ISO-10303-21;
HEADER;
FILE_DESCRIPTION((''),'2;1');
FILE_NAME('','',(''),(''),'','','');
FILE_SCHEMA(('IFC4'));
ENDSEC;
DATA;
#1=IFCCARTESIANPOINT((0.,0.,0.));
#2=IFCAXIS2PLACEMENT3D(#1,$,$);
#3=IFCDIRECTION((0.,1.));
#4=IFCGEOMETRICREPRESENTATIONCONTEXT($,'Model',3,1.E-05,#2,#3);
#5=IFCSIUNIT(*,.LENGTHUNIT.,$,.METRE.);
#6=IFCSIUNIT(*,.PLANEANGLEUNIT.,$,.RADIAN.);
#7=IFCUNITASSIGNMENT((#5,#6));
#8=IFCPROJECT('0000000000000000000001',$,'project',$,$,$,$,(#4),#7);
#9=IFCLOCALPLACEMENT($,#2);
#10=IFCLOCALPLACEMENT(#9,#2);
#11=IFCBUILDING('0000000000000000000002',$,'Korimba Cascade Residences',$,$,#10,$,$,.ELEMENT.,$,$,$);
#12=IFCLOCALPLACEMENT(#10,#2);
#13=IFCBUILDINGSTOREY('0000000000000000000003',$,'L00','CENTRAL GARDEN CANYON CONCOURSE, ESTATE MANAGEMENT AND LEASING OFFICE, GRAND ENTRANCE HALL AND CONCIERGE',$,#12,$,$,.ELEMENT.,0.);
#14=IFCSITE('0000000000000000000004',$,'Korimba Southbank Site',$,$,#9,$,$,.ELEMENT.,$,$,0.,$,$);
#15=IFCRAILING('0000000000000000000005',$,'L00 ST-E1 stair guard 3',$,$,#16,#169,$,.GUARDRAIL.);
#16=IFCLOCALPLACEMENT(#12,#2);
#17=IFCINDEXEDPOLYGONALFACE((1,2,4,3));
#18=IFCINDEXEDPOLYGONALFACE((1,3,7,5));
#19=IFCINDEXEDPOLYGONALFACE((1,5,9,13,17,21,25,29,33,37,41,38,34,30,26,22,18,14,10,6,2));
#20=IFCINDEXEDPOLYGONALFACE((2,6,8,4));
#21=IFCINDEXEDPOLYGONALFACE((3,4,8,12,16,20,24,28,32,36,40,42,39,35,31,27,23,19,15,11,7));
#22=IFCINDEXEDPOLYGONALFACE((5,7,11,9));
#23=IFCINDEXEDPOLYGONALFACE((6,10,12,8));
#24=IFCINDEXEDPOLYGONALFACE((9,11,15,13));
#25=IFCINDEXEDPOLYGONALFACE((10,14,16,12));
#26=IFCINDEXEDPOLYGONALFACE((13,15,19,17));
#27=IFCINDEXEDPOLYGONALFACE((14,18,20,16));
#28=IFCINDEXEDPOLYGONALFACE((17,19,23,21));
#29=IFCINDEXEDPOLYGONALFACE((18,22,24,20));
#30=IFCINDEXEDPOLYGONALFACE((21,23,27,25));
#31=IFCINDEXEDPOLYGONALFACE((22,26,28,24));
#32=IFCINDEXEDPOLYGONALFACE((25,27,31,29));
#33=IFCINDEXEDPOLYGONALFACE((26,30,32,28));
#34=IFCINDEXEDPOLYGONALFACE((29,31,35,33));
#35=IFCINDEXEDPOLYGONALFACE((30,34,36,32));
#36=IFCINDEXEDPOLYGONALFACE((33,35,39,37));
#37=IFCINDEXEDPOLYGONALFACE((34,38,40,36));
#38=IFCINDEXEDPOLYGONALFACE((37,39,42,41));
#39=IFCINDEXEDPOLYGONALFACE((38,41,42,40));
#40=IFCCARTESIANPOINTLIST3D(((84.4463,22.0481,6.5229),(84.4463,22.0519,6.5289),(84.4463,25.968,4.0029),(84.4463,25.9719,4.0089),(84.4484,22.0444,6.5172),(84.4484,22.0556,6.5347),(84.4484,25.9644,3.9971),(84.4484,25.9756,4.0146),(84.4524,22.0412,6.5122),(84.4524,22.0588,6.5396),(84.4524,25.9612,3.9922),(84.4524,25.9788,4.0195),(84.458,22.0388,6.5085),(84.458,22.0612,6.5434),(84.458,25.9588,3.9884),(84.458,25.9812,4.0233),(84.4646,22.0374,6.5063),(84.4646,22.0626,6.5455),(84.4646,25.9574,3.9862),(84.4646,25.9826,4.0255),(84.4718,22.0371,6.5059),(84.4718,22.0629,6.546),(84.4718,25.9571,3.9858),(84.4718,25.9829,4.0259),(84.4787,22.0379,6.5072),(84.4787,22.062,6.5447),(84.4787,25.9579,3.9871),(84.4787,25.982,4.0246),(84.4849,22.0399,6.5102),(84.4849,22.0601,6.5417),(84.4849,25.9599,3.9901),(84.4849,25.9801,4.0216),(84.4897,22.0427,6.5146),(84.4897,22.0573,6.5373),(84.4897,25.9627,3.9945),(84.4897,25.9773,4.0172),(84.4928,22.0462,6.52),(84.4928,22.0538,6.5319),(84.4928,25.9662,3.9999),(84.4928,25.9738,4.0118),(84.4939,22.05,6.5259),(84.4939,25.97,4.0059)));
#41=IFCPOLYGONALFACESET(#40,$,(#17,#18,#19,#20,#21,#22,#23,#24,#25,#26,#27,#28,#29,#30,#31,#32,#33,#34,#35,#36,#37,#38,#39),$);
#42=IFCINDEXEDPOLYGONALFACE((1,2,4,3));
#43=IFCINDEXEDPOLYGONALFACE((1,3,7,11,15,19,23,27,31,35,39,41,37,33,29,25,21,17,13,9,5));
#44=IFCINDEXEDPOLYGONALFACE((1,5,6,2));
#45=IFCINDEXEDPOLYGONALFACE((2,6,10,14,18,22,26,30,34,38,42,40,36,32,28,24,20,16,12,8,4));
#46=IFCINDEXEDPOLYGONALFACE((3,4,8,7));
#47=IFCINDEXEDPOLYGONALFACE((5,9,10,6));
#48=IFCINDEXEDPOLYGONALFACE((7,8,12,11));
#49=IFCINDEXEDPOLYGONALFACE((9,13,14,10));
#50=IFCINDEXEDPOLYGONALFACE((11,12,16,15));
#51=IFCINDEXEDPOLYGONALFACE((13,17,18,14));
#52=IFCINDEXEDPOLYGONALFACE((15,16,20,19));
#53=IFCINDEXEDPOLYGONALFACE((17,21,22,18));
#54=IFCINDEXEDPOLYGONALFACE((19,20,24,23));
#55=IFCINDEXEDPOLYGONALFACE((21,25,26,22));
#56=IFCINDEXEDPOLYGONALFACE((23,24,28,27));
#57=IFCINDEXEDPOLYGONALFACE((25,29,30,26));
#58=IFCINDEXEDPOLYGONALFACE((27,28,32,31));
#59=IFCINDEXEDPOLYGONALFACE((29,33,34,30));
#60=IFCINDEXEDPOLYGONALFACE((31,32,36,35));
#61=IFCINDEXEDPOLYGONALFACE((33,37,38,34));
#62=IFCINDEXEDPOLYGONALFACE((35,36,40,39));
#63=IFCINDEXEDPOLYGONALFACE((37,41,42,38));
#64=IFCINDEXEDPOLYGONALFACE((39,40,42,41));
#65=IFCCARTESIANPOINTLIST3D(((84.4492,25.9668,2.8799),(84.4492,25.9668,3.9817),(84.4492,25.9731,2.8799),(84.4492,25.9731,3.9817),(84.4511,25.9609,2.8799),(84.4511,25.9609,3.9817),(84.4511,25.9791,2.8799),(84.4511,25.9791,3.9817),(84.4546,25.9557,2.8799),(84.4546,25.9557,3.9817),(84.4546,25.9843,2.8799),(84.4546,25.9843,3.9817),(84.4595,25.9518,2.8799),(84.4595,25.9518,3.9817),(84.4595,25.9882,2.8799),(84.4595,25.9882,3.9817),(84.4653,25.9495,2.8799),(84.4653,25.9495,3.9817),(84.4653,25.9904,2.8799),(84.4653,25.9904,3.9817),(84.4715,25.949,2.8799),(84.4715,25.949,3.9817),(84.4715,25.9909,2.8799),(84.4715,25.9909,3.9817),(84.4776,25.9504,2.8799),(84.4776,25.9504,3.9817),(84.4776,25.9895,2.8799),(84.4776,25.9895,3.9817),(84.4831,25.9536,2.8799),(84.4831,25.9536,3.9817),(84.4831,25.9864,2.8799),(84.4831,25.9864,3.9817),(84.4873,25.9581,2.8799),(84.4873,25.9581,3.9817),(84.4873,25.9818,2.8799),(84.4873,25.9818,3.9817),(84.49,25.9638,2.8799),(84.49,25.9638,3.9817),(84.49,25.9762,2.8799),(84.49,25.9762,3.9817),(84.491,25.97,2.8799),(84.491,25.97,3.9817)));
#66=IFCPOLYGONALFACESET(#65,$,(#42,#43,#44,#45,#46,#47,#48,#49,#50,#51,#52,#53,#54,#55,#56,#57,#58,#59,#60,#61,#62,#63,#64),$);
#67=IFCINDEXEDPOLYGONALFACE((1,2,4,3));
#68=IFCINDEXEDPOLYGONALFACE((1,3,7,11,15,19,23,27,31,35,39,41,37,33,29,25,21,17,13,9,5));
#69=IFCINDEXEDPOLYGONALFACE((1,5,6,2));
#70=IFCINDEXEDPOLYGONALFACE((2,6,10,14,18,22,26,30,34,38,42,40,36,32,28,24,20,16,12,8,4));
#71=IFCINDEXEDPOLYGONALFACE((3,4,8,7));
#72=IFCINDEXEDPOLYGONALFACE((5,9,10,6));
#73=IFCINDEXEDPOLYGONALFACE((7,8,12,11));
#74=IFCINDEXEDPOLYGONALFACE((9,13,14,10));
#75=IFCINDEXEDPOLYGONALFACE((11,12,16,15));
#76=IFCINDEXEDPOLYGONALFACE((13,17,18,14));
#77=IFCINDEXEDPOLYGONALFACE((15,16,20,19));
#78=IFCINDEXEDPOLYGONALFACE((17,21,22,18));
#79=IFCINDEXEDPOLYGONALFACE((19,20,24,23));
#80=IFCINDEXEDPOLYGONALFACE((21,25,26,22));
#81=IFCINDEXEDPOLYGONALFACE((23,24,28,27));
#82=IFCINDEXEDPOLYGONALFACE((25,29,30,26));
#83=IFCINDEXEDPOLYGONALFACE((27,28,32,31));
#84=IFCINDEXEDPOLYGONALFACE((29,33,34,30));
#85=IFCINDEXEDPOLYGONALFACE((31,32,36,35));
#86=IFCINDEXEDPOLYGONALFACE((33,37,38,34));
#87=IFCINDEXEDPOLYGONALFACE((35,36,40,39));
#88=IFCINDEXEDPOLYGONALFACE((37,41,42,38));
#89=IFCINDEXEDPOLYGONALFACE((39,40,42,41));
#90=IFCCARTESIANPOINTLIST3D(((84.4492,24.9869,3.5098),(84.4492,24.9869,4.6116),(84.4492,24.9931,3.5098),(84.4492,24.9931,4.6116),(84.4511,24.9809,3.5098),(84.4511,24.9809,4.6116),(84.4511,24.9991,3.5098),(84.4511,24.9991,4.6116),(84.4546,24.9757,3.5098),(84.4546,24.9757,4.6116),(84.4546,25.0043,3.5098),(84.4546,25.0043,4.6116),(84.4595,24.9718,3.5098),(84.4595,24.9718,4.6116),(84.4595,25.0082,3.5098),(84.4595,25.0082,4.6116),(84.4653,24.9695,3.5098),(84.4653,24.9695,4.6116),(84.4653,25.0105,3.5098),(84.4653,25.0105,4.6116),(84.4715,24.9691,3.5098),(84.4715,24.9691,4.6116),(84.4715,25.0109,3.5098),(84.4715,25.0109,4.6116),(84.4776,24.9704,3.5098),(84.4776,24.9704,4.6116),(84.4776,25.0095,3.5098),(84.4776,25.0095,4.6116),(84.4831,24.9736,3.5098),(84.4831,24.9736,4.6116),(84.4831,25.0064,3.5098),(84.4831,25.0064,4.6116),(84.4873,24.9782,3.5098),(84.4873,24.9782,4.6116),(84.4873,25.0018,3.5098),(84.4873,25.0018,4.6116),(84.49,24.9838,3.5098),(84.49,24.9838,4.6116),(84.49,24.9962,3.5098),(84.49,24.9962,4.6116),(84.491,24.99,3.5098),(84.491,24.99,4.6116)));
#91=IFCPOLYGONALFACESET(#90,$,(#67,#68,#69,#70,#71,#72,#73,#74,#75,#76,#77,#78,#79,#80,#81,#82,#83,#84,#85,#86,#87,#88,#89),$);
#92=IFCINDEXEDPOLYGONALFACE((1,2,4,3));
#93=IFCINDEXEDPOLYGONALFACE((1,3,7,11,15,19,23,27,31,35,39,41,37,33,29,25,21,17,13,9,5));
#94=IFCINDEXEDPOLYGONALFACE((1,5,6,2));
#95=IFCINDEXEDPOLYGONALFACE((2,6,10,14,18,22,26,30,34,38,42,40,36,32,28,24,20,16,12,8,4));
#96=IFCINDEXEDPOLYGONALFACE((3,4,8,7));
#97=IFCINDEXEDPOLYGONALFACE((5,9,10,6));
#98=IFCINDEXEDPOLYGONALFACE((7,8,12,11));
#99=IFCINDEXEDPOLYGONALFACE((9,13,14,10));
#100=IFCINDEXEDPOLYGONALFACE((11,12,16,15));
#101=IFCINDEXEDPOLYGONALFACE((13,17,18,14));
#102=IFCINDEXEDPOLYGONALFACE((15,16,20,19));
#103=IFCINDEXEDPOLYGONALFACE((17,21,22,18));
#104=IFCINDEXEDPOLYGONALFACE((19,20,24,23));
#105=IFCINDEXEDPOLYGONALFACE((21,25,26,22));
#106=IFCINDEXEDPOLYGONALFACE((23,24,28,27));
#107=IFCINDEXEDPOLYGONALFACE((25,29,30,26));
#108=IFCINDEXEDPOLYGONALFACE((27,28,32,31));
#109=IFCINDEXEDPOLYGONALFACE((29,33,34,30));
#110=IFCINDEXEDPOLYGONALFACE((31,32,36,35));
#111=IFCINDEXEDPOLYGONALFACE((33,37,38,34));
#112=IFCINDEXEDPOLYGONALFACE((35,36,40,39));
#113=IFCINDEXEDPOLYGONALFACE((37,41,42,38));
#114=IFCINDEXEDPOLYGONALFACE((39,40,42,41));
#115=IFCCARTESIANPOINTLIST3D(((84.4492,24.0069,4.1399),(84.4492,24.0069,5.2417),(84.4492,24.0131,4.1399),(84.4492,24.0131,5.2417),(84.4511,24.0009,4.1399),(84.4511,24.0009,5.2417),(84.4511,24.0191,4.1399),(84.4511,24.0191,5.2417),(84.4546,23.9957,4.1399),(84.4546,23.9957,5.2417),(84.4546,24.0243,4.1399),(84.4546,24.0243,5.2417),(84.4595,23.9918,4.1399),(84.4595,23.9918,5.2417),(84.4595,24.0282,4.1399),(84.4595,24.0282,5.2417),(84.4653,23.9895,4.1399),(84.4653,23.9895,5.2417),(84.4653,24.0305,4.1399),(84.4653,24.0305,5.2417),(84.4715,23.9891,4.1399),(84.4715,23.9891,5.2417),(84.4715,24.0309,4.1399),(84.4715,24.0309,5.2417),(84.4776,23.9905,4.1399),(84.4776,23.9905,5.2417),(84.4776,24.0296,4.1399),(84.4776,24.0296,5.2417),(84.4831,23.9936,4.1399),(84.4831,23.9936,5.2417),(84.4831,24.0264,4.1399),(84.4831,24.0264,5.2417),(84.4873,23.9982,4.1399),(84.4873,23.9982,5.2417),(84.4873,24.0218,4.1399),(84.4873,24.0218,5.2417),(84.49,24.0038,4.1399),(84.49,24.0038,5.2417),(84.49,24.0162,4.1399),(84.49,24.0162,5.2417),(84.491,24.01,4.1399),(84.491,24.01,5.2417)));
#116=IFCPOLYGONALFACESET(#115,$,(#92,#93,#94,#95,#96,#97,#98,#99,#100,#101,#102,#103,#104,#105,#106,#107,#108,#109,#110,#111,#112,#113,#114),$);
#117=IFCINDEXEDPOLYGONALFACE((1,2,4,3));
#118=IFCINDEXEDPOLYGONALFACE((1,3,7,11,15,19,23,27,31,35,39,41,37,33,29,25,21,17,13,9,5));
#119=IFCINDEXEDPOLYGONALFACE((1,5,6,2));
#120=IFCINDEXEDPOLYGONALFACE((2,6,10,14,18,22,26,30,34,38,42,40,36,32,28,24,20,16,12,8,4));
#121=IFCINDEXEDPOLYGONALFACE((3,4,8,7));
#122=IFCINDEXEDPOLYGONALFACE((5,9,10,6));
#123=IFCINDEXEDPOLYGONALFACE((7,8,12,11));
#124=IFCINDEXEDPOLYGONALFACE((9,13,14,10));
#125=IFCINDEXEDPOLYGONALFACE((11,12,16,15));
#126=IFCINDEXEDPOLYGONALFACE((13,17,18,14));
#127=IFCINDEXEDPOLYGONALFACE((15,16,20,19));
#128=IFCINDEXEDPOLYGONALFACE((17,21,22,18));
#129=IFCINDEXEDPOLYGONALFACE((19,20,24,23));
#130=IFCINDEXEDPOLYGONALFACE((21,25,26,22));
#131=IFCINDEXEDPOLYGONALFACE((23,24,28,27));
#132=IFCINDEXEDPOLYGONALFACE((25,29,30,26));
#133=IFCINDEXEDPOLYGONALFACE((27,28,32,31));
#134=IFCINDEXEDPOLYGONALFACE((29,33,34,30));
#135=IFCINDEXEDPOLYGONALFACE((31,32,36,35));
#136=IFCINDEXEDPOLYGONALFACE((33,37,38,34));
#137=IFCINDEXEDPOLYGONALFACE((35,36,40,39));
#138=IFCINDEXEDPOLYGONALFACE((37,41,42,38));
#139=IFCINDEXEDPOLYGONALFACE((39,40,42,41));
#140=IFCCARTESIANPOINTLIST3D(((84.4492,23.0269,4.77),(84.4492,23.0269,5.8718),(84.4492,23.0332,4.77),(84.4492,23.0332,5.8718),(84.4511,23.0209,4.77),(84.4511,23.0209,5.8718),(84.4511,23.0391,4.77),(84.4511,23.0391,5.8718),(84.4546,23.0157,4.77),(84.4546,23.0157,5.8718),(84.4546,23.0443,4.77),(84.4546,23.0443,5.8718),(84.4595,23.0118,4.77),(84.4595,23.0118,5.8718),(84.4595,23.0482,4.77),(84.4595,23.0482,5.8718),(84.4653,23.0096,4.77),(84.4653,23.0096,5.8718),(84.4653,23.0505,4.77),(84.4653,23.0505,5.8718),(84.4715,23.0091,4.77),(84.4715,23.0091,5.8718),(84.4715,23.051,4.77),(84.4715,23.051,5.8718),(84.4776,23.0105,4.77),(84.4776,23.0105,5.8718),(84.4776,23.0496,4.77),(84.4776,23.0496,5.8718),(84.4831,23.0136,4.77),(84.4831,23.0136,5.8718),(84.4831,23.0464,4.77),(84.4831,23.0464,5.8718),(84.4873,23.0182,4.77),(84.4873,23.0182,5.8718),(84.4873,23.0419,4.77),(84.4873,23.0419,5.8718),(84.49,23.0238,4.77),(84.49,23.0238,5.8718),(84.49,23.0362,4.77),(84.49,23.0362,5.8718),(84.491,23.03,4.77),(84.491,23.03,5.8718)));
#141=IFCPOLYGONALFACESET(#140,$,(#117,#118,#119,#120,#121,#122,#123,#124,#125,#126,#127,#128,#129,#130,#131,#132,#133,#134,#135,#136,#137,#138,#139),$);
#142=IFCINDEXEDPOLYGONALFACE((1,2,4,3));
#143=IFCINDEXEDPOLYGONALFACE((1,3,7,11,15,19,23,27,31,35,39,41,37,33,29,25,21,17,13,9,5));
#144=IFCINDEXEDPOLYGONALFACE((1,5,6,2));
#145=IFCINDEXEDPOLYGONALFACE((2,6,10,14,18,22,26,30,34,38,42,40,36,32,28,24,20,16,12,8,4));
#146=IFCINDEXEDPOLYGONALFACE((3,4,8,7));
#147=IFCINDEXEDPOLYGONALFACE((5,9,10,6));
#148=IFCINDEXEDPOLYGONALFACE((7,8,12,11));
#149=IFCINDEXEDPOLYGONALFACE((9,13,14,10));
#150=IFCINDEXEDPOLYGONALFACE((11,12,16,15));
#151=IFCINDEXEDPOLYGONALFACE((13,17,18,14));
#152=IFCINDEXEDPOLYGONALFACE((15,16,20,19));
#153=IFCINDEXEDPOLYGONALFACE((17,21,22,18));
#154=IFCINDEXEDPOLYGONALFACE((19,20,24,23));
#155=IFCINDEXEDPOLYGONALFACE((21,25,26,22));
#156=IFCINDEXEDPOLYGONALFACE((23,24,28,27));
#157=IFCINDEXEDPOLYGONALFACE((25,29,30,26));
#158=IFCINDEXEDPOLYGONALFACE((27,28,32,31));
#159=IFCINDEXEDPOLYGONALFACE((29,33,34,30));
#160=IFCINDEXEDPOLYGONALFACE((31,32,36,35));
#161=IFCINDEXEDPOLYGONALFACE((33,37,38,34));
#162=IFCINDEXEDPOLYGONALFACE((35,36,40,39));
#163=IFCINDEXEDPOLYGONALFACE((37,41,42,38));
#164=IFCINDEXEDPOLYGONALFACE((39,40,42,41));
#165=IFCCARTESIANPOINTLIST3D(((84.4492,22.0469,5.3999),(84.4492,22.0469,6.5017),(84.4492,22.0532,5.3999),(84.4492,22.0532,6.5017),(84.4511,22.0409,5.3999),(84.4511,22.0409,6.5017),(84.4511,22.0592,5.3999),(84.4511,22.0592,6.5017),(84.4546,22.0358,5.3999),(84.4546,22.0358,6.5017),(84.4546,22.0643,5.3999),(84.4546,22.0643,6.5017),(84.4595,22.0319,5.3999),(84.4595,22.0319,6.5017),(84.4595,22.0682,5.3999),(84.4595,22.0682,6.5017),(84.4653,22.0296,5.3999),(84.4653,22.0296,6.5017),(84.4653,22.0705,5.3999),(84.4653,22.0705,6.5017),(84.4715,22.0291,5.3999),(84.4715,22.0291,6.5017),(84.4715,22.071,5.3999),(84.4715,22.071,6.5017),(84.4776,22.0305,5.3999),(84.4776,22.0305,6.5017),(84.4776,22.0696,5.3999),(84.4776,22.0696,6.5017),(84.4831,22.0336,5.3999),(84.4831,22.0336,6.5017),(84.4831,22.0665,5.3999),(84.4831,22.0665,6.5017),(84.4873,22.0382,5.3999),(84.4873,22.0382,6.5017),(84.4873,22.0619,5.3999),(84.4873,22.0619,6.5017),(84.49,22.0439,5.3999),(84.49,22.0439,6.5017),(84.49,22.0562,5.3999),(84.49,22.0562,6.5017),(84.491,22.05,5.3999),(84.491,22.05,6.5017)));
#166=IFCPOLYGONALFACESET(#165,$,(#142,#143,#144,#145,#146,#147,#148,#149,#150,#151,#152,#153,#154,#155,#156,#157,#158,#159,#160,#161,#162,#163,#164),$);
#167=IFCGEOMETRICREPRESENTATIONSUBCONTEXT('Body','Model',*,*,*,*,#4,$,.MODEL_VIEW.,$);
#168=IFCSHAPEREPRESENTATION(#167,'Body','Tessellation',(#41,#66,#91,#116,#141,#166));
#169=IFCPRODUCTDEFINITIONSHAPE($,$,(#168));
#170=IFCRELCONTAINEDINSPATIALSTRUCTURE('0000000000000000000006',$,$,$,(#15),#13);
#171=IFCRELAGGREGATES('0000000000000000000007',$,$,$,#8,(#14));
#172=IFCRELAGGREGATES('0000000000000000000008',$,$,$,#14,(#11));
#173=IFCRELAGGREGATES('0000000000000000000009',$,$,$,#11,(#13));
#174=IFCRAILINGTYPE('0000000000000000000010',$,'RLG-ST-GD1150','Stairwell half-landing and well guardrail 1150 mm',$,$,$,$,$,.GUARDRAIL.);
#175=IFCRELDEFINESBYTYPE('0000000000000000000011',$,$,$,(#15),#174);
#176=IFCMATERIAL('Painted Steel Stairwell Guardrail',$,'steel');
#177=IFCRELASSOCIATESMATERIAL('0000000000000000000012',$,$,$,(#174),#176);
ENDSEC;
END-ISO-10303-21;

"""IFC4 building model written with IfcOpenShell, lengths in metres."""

from ifc_helpers import new_model, si_unit, direction, frame, origin, origin_2d, place, context, subcontext, project, spatial, circle, extrude, material, type_object, element, save


model = new_model("IFC4")

# Units and contexts
model_context = context("Model", 3, precision=1e-05, world=origin(), true_north=direction((0.0, 1.0)))
body_context = subcontext(model_context, "Body", "Model", "MODEL_VIEW")
ifc_project = project(units=[si_unit("LENGTHUNIT", "METRE"), si_unit("PLANEANGLEUNIT", "RADIAN")], contexts=[model_context])

# Site, building, storey
site_placement = place(None, origin())
site = spatial("IfcSite", under=ifc_project, at=site_placement, Name="Korimba Southbank Site", CompositionType="ELEMENT", RefElevation=0.0)
building_placement = place(site_placement, origin())
building = spatial("IfcBuilding", under=site, at=building_placement, Name="Korimba Cascade Residences", CompositionType="ELEMENT")
storey_placement = place(building_placement, origin())
storey = spatial("IfcBuildingStorey", under=building, at=storey_placement, Name="L00", Description="CENTRAL GARDEN CANYON CONCOURSE, ESTATE MANAGEMENT AND LEASING OFFICE, GRAND ENTRANCE HALL AND CONCIERGE", CompositionType="ELEMENT", Elevation=0.0)

# Railing
ifc_material_1 = material(Name="Painted Steel Stairwell Guardrail", Category="steel")
railing_type = type_object("IfcRailingType", Name="RLG-ST-GD1150", Description="Stairwell half-landing and well guardrail 1150 mm", PredefinedType="GUARDRAIL", material=ifc_material_1)
railing_1_placement = place(storey_placement, frame((84.47, 25.97, 2.8799)))
element("IfcRailing", 1, at=railing_1_placement, inside=storey, type_object=railing_type, Name="L00 ST-E1 stair guard 3", PredefinedType="GUARDRAIL", context=body_context, shape_type="SweptSolid", body=[
    extrude(circle(Radius=0.0239, at=origin_2d()), frame((0.0, 0.0, 1.126), z_axis=(0.0, -0.841172, 0.540768), x_axis=(1.0, 0.0, 0.0)), (0.0, 0.0, 1.0), 4.6602),
    extrude(circle(Radius=0.021, at=origin_2d()), origin(), (0.0, 0.0, 1.0), 1.1018),
    extrude(circle(Radius=0.021, at=origin_2d()), frame((0.0, -0.98, 0.6299)), (0.0, 0.0, 1.0), 1.1018),
    extrude(circle(Radius=0.021, at=origin_2d()), frame((0.0, -1.96, 1.26)), (0.0, 0.0, 1.0), 1.1018),
    extrude(circle(Radius=0.021, at=origin_2d()), frame((0.0, -2.9399, 1.8901)), (0.0, 0.0, 1.0), 1.1018),
    extrude(circle(Radius=0.021, at=origin_2d()), frame((0.0, -3.9199, 2.52)), (0.0, 0.0, 1.0), 1.1018),
])

save(model, "model.ifc")
